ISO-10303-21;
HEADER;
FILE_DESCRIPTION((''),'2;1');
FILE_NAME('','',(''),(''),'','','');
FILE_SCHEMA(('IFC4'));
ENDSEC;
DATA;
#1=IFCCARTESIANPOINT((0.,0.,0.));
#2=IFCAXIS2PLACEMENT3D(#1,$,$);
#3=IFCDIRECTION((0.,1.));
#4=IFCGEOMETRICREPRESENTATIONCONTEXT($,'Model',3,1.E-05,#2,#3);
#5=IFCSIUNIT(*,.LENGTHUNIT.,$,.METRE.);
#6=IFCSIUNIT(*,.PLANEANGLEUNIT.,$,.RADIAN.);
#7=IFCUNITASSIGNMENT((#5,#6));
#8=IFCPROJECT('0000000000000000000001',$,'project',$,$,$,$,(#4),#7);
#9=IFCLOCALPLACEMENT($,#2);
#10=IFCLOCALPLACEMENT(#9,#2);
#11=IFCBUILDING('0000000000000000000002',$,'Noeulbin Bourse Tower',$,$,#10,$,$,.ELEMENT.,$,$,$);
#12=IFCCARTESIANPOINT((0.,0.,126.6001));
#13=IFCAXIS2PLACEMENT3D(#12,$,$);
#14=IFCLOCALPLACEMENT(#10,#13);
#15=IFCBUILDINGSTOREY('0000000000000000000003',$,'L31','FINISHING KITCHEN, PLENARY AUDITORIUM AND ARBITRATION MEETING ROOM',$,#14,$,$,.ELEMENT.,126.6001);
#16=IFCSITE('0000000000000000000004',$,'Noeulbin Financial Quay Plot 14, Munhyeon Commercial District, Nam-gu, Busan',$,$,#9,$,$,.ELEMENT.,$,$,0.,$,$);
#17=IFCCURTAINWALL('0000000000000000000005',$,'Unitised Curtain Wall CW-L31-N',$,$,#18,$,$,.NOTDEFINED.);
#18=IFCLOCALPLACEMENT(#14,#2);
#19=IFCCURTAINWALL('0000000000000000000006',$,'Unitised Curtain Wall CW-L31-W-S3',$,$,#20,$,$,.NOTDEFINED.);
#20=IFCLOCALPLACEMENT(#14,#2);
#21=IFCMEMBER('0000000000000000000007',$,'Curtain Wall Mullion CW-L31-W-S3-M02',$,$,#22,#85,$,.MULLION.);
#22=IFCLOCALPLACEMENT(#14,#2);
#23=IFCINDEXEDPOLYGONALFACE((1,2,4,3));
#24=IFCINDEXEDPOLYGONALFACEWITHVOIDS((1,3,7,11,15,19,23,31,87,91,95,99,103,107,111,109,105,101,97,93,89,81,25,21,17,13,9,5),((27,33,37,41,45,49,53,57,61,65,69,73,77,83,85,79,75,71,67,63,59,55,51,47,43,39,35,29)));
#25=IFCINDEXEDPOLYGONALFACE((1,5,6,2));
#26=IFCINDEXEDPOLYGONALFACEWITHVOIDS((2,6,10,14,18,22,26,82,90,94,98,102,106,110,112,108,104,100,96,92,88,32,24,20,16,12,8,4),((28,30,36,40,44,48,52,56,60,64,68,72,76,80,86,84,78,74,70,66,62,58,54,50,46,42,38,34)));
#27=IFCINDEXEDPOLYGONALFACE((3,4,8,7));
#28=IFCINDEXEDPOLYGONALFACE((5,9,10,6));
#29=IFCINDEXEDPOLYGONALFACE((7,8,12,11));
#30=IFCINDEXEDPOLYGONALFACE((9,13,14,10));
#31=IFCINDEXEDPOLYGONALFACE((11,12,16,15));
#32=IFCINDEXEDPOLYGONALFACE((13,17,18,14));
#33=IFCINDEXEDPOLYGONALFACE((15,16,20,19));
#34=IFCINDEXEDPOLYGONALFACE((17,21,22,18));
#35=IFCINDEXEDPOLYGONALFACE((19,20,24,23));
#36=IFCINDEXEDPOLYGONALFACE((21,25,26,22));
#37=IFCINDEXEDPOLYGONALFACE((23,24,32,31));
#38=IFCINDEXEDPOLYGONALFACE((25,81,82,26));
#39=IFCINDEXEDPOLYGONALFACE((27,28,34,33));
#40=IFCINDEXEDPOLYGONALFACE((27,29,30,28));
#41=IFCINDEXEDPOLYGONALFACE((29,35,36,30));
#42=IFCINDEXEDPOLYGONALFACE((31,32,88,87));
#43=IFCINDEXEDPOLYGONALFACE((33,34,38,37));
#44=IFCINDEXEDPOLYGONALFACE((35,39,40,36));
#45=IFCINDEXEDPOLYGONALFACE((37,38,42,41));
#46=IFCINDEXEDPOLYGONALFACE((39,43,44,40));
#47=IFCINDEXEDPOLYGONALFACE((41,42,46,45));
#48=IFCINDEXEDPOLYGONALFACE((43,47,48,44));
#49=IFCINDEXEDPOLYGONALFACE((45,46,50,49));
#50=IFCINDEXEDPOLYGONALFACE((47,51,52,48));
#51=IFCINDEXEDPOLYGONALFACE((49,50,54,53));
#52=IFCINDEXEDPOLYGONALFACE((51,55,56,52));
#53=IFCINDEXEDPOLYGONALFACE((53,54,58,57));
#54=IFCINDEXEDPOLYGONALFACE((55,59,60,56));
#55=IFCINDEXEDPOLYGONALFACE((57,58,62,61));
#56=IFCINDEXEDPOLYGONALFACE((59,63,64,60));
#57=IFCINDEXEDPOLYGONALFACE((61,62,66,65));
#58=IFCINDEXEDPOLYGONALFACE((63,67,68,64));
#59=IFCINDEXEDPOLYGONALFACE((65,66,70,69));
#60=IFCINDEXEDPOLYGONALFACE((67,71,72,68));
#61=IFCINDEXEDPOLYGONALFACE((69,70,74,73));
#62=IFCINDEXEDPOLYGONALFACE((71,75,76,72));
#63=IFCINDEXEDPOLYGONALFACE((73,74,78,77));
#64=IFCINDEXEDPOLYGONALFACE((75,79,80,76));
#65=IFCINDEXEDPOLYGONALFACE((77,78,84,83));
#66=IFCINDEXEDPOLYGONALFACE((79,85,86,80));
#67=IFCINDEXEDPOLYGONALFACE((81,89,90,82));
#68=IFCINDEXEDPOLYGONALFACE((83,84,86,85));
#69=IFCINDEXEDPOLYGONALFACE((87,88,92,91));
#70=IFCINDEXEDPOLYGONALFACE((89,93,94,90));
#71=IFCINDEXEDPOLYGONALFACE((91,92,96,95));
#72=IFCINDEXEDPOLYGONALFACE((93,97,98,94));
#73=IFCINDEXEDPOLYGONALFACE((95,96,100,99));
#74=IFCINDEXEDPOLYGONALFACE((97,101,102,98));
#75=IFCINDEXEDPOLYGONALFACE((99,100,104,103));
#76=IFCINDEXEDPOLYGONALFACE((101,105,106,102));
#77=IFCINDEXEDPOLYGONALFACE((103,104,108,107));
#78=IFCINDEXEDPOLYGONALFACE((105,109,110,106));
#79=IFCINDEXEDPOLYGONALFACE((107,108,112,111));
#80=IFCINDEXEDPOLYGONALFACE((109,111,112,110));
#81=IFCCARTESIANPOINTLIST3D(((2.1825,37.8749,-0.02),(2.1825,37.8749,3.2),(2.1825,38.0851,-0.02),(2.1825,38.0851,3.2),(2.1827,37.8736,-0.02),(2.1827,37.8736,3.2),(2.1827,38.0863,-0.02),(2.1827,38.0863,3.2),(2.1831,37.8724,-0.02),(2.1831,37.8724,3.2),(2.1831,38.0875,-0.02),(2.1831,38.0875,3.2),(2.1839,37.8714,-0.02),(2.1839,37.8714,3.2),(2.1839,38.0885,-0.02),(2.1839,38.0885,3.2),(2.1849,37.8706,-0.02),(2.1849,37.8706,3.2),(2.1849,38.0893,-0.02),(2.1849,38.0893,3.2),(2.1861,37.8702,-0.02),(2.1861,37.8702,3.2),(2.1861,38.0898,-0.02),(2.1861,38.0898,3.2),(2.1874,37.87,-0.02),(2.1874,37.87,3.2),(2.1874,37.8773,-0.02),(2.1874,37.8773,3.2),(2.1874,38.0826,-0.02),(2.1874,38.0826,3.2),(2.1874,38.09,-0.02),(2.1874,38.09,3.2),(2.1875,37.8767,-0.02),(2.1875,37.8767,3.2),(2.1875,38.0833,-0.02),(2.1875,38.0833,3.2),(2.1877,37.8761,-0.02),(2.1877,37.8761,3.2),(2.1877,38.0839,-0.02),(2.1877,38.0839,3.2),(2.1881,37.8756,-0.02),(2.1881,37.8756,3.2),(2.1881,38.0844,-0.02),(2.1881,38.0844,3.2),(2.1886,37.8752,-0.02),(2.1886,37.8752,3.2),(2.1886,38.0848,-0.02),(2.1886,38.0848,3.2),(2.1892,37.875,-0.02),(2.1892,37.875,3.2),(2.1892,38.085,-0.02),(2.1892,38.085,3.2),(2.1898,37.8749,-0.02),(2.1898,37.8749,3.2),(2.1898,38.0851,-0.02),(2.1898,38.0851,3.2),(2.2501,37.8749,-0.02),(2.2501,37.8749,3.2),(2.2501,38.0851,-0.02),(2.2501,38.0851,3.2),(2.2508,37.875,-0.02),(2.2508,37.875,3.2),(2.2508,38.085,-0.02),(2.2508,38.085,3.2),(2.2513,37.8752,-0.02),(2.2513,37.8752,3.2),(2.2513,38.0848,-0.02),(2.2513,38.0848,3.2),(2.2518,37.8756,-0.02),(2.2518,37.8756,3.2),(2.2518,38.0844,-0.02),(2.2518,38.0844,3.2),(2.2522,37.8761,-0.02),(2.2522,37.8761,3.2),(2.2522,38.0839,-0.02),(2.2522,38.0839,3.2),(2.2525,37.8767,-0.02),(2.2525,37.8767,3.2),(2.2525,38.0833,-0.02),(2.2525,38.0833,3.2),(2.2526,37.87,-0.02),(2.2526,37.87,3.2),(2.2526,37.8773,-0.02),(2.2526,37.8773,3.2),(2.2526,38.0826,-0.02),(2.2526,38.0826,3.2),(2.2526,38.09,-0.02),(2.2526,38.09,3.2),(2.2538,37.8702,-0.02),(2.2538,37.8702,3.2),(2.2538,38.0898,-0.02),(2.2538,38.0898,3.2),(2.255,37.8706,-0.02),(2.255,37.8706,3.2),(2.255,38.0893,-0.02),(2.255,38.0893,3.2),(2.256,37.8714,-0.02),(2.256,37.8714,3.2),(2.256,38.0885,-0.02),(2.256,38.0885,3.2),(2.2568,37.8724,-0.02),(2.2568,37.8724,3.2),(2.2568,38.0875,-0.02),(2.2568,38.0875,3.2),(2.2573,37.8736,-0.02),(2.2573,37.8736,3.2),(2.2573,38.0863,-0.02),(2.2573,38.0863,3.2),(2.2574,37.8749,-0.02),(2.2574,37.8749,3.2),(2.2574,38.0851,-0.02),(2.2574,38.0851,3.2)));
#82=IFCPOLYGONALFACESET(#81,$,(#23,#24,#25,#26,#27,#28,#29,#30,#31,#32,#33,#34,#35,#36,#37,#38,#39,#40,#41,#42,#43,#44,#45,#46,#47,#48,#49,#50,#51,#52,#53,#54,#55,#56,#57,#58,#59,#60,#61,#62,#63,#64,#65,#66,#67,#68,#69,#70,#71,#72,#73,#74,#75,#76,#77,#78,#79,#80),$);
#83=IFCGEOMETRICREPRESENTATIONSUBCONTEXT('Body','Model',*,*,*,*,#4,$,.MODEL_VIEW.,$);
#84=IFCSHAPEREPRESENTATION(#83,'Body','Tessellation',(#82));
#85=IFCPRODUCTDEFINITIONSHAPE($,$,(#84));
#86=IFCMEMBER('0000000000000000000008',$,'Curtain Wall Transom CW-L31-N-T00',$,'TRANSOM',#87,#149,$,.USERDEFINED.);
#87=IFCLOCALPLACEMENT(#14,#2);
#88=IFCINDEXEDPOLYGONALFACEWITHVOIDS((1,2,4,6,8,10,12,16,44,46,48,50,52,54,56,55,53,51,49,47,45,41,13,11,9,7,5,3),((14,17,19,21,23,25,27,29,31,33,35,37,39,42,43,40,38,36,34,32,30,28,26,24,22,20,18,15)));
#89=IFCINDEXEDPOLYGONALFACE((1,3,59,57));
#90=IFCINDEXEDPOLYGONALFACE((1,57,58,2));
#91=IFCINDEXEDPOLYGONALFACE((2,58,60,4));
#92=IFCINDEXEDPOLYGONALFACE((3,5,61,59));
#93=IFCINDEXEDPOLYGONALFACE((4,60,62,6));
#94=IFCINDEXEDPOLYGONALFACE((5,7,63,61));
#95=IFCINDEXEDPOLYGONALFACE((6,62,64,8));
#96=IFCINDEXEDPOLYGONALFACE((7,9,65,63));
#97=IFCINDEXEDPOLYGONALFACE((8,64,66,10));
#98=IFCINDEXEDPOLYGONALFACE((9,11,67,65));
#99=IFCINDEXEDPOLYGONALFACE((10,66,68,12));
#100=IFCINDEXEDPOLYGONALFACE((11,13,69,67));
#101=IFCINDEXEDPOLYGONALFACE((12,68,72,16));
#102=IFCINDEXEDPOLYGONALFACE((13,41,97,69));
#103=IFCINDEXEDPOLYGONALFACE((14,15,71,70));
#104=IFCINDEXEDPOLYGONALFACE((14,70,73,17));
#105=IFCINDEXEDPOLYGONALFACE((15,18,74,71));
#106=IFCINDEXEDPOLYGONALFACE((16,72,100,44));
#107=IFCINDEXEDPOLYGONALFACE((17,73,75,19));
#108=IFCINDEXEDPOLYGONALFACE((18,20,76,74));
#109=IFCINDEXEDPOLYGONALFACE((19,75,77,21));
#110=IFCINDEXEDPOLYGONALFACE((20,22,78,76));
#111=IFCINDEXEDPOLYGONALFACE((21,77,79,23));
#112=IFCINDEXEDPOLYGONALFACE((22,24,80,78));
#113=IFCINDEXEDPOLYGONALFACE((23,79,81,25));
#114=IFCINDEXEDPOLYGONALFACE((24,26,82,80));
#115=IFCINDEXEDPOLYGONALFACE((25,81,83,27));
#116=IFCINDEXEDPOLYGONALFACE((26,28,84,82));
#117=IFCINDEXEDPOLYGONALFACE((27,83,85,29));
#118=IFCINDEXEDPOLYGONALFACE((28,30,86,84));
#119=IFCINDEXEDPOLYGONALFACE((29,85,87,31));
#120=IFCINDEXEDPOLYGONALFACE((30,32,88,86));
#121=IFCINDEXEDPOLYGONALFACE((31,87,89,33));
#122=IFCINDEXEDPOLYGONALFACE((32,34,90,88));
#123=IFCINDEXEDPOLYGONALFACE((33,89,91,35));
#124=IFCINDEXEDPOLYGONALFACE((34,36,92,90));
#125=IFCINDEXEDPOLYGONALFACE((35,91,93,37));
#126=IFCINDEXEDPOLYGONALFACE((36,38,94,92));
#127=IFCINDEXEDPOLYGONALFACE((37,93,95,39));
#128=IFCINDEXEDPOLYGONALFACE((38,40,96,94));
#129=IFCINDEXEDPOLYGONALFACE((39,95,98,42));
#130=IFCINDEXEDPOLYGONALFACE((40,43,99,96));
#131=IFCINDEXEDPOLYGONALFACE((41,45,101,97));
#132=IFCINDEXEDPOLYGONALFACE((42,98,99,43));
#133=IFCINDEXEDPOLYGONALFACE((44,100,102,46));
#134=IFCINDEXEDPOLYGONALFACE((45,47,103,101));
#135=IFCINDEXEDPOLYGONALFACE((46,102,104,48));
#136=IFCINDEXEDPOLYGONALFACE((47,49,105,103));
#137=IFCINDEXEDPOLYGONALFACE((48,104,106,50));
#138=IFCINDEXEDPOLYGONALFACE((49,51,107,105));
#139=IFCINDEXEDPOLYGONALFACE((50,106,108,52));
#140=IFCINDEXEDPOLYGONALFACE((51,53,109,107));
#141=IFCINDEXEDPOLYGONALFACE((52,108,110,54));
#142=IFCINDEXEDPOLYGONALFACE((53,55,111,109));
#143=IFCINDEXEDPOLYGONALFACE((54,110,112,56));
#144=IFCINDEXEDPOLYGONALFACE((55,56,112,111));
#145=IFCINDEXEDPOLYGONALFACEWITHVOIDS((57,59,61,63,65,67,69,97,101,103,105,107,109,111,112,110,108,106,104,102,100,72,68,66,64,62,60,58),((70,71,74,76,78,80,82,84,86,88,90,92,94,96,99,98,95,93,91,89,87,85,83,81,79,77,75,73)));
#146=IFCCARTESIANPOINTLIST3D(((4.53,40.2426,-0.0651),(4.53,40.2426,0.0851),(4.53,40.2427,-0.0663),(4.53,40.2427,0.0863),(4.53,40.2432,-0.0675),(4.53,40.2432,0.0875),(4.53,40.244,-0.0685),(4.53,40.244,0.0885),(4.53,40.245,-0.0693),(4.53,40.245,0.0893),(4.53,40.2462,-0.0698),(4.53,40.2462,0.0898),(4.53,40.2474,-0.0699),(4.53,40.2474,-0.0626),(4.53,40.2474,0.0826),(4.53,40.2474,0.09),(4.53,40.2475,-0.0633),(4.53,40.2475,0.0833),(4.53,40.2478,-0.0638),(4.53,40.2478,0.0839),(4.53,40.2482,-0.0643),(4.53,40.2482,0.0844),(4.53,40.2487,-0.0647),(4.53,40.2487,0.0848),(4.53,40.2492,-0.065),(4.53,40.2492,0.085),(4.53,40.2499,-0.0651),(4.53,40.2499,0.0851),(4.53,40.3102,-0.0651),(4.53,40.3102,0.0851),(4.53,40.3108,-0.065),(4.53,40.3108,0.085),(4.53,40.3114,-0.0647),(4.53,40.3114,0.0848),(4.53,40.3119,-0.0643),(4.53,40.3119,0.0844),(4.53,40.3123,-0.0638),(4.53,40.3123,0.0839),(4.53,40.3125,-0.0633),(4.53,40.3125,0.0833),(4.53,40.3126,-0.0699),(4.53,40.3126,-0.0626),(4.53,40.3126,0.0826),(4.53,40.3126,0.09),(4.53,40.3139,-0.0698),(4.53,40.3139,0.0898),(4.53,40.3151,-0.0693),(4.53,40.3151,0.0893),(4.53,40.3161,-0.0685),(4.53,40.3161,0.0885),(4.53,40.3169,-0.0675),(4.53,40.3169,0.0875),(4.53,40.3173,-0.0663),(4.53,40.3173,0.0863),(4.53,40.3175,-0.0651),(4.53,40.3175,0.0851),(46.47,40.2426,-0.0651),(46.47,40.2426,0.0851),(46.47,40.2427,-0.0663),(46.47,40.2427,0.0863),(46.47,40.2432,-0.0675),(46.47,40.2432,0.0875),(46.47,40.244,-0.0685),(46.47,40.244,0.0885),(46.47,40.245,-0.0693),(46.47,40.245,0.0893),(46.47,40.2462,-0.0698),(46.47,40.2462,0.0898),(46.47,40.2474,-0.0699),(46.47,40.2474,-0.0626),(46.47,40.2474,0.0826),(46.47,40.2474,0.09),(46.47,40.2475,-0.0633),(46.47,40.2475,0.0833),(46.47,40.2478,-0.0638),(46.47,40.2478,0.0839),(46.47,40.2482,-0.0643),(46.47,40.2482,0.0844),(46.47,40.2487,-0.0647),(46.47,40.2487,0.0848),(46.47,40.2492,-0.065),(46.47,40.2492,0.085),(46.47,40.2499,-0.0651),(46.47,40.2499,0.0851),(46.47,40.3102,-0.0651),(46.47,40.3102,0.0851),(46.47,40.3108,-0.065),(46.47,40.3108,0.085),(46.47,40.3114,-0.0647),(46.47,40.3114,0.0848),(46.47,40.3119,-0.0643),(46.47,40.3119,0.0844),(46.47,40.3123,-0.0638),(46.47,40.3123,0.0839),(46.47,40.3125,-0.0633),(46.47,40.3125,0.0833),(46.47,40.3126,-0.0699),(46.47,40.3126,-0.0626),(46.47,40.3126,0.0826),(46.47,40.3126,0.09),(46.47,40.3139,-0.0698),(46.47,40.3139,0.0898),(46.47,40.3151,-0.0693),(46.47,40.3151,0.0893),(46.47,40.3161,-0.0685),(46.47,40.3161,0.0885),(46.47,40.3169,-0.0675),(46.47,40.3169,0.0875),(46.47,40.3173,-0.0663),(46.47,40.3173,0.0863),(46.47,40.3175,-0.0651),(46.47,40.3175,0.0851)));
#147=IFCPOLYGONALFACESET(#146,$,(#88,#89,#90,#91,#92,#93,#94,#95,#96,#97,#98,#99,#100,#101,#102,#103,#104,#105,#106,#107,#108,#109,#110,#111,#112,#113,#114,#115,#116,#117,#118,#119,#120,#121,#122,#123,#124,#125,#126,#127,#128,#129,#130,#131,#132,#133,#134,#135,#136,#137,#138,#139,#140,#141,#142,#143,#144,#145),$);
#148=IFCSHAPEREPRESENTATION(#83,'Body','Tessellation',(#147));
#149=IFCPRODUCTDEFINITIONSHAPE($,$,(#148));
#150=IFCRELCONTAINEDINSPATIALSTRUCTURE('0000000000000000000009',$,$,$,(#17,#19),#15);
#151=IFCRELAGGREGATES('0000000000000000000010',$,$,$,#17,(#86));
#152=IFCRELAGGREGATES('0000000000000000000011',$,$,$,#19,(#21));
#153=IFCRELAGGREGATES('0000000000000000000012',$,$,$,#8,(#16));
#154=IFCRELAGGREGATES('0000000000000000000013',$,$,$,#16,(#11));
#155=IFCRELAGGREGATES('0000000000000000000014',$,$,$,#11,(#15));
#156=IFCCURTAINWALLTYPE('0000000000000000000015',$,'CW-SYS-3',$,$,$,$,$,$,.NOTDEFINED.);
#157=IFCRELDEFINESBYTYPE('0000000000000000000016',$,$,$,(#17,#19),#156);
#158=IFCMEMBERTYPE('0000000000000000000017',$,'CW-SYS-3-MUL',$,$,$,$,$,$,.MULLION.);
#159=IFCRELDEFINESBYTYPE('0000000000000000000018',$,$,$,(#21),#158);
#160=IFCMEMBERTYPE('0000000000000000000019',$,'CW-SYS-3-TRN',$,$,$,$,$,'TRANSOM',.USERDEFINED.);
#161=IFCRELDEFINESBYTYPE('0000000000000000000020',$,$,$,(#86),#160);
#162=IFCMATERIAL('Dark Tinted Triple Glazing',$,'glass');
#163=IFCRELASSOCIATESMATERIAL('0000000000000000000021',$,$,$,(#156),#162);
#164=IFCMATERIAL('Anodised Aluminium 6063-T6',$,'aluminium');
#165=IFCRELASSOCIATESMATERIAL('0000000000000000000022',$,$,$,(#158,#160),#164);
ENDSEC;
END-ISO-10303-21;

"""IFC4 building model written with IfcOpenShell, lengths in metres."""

from ifc_helpers import new_model, si_unit, direction, frame, origin, origin_2d, place, context, subcontext, project, spatial, hollow_rectangle, extrude, material, material_profile, profile_set, type_object, element, aggregate, save


model = new_model("IFC4")

# Units and contexts
model_context = context("Model", 3, precision=1e-05, world=origin(), true_north=direction((0.0, 1.0)))
body_context = subcontext(model_context, "Body", "Model", "MODEL_VIEW")
ifc_project = project(units=[si_unit("LENGTHUNIT", "METRE"), si_unit("PLANEANGLEUNIT", "RADIAN")], contexts=[model_context])

# Site, building, storey
site_placement = place(None, origin())
site = spatial("IfcSite", under=ifc_project, at=site_placement, Name="Noeulbin Financial Quay Plot 14, Munhyeon Commercial District, Nam-gu, Busan", CompositionType="ELEMENT", RefElevation=0.0)
building_placement = place(site_placement, origin())
building = spatial("IfcBuilding", under=site, at=building_placement, Name="Noeulbin Bourse Tower", CompositionType="ELEMENT")
storey_placement = place(building_placement, frame((0.0, 0.0, 126.6001)))
storey = spatial("IfcBuildingStorey", under=building, at=storey_placement, Name="L31", Description="FINISHING KITCHEN, PLENARY AUDITORIUM AND ARBITRATION MEETING ROOM", CompositionType="ELEMENT", Elevation=126.6001)

# Curtain walls, member
ifc_material_1 = material(Name="Dark Tinted Triple Glazing", Category="glass")
curtain_wall_type = type_object("IfcCurtainWallType", Name="CW-SYS-3", PredefinedType="NOTDEFINED", material=ifc_material_1)
curtain_wall_1_placement = place(storey_placement, origin())
curtain_wall_1 = element("IfcCurtainWall", 1, at=curtain_wall_1_placement, inside=storey, type_object=curtain_wall_type, Name="Unitised Curtain Wall CW-L31-N", PredefinedType="NOTDEFINED")
ifc_material_2 = material(Name="Anodised Aluminium 6063-T6", Category="aluminium")
ifc_material_profile_1 = material_profile(ifc_material_2, hollow_rectangle(XDim=0.075, YDim=0.22, WallThickness=0.0049, InnerFilletRadius=0.0024, OuterFilletRadius=0.0049, at=origin_2d()), Name="ALU-MULL-75x220x5", Category="LoadBearing")
ifc_profile_set_1 = profile_set([ifc_material_profile_1], Name="Anodised Aluminium 6063-T6")
member_type_1 = type_object("IfcMemberType", Name="CW-SYS-3-MUL", PredefinedType="MULLION", material=ifc_profile_set_1)
curtain_wall_2_placement = place(storey_placement, origin())
curtain_wall_2 = element("IfcCurtainWall", 2, at=curtain_wall_2_placement, inside=storey, type_object=curtain_wall_type, Name="Unitised Curtain Wall CW-L31-W-S3", PredefinedType="NOTDEFINED")
member_1_placement = place(storey_placement, frame((2.22, 37.98, -0.02), z_axis=(0.0, 0.0, 1.0), x_axis=(1.0, 0.0, 0.0)))
member_1 = element("IfcMember", 3, at=member_1_placement, type_object=member_type_1, Name="Curtain Wall Mullion CW-L31-W-S3-M02", PredefinedType="MULLION", context=body_context, shape_type="SweptSolid", body=[
    extrude(hollow_rectangle(XDim=0.075, YDim=0.22, WallThickness=0.0049, InnerFilletRadius=0.0024, OuterFilletRadius=0.0049, at=origin_2d()), origin(), (0.0, 0.0, 1.0), 3.22),
])

# Member
ifc_material_profile_2 = material_profile(ifc_material_2, hollow_rectangle(XDim=0.075, YDim=0.1599, WallThickness=0.0049, InnerFilletRadius=0.0024, OuterFilletRadius=0.0049, at=origin_2d()), Name="ALU-TRAN-75x160x5", Category="LoadBearing")
ifc_profile_set_2 = profile_set([ifc_material_profile_2], Name="Anodised Aluminium 6063-T6")
member_type_2 = type_object("IfcMemberType", Name="CW-SYS-3-TRN", ElementType="TRANSOM", PredefinedType="USERDEFINED", material=ifc_profile_set_2)
member_2_placement = place(storey_placement, frame((4.53, 40.28, 0.01), z_axis=(1.0, 0.0, 0.0), x_axis=(0.0, 1.0, 0.0)))
member_2 = element("IfcMember", 4, at=member_2_placement, type_object=member_type_2, Name="Curtain Wall Transom CW-L31-N-T00", ObjectType="TRANSOM", PredefinedType="USERDEFINED", context=body_context, shape_type="SweptSolid", body=[
    extrude(hollow_rectangle(XDim=0.075, YDim=0.1599, WallThickness=0.0049, InnerFilletRadius=0.0024, OuterFilletRadius=0.0049, at=origin_2d()), origin(), (0.0, 0.0, 1.0), 41.9399),
])

aggregate(curtain_wall_1, [member_2])
aggregate(curtain_wall_2, [member_1])

save(model, "model.ifc")
